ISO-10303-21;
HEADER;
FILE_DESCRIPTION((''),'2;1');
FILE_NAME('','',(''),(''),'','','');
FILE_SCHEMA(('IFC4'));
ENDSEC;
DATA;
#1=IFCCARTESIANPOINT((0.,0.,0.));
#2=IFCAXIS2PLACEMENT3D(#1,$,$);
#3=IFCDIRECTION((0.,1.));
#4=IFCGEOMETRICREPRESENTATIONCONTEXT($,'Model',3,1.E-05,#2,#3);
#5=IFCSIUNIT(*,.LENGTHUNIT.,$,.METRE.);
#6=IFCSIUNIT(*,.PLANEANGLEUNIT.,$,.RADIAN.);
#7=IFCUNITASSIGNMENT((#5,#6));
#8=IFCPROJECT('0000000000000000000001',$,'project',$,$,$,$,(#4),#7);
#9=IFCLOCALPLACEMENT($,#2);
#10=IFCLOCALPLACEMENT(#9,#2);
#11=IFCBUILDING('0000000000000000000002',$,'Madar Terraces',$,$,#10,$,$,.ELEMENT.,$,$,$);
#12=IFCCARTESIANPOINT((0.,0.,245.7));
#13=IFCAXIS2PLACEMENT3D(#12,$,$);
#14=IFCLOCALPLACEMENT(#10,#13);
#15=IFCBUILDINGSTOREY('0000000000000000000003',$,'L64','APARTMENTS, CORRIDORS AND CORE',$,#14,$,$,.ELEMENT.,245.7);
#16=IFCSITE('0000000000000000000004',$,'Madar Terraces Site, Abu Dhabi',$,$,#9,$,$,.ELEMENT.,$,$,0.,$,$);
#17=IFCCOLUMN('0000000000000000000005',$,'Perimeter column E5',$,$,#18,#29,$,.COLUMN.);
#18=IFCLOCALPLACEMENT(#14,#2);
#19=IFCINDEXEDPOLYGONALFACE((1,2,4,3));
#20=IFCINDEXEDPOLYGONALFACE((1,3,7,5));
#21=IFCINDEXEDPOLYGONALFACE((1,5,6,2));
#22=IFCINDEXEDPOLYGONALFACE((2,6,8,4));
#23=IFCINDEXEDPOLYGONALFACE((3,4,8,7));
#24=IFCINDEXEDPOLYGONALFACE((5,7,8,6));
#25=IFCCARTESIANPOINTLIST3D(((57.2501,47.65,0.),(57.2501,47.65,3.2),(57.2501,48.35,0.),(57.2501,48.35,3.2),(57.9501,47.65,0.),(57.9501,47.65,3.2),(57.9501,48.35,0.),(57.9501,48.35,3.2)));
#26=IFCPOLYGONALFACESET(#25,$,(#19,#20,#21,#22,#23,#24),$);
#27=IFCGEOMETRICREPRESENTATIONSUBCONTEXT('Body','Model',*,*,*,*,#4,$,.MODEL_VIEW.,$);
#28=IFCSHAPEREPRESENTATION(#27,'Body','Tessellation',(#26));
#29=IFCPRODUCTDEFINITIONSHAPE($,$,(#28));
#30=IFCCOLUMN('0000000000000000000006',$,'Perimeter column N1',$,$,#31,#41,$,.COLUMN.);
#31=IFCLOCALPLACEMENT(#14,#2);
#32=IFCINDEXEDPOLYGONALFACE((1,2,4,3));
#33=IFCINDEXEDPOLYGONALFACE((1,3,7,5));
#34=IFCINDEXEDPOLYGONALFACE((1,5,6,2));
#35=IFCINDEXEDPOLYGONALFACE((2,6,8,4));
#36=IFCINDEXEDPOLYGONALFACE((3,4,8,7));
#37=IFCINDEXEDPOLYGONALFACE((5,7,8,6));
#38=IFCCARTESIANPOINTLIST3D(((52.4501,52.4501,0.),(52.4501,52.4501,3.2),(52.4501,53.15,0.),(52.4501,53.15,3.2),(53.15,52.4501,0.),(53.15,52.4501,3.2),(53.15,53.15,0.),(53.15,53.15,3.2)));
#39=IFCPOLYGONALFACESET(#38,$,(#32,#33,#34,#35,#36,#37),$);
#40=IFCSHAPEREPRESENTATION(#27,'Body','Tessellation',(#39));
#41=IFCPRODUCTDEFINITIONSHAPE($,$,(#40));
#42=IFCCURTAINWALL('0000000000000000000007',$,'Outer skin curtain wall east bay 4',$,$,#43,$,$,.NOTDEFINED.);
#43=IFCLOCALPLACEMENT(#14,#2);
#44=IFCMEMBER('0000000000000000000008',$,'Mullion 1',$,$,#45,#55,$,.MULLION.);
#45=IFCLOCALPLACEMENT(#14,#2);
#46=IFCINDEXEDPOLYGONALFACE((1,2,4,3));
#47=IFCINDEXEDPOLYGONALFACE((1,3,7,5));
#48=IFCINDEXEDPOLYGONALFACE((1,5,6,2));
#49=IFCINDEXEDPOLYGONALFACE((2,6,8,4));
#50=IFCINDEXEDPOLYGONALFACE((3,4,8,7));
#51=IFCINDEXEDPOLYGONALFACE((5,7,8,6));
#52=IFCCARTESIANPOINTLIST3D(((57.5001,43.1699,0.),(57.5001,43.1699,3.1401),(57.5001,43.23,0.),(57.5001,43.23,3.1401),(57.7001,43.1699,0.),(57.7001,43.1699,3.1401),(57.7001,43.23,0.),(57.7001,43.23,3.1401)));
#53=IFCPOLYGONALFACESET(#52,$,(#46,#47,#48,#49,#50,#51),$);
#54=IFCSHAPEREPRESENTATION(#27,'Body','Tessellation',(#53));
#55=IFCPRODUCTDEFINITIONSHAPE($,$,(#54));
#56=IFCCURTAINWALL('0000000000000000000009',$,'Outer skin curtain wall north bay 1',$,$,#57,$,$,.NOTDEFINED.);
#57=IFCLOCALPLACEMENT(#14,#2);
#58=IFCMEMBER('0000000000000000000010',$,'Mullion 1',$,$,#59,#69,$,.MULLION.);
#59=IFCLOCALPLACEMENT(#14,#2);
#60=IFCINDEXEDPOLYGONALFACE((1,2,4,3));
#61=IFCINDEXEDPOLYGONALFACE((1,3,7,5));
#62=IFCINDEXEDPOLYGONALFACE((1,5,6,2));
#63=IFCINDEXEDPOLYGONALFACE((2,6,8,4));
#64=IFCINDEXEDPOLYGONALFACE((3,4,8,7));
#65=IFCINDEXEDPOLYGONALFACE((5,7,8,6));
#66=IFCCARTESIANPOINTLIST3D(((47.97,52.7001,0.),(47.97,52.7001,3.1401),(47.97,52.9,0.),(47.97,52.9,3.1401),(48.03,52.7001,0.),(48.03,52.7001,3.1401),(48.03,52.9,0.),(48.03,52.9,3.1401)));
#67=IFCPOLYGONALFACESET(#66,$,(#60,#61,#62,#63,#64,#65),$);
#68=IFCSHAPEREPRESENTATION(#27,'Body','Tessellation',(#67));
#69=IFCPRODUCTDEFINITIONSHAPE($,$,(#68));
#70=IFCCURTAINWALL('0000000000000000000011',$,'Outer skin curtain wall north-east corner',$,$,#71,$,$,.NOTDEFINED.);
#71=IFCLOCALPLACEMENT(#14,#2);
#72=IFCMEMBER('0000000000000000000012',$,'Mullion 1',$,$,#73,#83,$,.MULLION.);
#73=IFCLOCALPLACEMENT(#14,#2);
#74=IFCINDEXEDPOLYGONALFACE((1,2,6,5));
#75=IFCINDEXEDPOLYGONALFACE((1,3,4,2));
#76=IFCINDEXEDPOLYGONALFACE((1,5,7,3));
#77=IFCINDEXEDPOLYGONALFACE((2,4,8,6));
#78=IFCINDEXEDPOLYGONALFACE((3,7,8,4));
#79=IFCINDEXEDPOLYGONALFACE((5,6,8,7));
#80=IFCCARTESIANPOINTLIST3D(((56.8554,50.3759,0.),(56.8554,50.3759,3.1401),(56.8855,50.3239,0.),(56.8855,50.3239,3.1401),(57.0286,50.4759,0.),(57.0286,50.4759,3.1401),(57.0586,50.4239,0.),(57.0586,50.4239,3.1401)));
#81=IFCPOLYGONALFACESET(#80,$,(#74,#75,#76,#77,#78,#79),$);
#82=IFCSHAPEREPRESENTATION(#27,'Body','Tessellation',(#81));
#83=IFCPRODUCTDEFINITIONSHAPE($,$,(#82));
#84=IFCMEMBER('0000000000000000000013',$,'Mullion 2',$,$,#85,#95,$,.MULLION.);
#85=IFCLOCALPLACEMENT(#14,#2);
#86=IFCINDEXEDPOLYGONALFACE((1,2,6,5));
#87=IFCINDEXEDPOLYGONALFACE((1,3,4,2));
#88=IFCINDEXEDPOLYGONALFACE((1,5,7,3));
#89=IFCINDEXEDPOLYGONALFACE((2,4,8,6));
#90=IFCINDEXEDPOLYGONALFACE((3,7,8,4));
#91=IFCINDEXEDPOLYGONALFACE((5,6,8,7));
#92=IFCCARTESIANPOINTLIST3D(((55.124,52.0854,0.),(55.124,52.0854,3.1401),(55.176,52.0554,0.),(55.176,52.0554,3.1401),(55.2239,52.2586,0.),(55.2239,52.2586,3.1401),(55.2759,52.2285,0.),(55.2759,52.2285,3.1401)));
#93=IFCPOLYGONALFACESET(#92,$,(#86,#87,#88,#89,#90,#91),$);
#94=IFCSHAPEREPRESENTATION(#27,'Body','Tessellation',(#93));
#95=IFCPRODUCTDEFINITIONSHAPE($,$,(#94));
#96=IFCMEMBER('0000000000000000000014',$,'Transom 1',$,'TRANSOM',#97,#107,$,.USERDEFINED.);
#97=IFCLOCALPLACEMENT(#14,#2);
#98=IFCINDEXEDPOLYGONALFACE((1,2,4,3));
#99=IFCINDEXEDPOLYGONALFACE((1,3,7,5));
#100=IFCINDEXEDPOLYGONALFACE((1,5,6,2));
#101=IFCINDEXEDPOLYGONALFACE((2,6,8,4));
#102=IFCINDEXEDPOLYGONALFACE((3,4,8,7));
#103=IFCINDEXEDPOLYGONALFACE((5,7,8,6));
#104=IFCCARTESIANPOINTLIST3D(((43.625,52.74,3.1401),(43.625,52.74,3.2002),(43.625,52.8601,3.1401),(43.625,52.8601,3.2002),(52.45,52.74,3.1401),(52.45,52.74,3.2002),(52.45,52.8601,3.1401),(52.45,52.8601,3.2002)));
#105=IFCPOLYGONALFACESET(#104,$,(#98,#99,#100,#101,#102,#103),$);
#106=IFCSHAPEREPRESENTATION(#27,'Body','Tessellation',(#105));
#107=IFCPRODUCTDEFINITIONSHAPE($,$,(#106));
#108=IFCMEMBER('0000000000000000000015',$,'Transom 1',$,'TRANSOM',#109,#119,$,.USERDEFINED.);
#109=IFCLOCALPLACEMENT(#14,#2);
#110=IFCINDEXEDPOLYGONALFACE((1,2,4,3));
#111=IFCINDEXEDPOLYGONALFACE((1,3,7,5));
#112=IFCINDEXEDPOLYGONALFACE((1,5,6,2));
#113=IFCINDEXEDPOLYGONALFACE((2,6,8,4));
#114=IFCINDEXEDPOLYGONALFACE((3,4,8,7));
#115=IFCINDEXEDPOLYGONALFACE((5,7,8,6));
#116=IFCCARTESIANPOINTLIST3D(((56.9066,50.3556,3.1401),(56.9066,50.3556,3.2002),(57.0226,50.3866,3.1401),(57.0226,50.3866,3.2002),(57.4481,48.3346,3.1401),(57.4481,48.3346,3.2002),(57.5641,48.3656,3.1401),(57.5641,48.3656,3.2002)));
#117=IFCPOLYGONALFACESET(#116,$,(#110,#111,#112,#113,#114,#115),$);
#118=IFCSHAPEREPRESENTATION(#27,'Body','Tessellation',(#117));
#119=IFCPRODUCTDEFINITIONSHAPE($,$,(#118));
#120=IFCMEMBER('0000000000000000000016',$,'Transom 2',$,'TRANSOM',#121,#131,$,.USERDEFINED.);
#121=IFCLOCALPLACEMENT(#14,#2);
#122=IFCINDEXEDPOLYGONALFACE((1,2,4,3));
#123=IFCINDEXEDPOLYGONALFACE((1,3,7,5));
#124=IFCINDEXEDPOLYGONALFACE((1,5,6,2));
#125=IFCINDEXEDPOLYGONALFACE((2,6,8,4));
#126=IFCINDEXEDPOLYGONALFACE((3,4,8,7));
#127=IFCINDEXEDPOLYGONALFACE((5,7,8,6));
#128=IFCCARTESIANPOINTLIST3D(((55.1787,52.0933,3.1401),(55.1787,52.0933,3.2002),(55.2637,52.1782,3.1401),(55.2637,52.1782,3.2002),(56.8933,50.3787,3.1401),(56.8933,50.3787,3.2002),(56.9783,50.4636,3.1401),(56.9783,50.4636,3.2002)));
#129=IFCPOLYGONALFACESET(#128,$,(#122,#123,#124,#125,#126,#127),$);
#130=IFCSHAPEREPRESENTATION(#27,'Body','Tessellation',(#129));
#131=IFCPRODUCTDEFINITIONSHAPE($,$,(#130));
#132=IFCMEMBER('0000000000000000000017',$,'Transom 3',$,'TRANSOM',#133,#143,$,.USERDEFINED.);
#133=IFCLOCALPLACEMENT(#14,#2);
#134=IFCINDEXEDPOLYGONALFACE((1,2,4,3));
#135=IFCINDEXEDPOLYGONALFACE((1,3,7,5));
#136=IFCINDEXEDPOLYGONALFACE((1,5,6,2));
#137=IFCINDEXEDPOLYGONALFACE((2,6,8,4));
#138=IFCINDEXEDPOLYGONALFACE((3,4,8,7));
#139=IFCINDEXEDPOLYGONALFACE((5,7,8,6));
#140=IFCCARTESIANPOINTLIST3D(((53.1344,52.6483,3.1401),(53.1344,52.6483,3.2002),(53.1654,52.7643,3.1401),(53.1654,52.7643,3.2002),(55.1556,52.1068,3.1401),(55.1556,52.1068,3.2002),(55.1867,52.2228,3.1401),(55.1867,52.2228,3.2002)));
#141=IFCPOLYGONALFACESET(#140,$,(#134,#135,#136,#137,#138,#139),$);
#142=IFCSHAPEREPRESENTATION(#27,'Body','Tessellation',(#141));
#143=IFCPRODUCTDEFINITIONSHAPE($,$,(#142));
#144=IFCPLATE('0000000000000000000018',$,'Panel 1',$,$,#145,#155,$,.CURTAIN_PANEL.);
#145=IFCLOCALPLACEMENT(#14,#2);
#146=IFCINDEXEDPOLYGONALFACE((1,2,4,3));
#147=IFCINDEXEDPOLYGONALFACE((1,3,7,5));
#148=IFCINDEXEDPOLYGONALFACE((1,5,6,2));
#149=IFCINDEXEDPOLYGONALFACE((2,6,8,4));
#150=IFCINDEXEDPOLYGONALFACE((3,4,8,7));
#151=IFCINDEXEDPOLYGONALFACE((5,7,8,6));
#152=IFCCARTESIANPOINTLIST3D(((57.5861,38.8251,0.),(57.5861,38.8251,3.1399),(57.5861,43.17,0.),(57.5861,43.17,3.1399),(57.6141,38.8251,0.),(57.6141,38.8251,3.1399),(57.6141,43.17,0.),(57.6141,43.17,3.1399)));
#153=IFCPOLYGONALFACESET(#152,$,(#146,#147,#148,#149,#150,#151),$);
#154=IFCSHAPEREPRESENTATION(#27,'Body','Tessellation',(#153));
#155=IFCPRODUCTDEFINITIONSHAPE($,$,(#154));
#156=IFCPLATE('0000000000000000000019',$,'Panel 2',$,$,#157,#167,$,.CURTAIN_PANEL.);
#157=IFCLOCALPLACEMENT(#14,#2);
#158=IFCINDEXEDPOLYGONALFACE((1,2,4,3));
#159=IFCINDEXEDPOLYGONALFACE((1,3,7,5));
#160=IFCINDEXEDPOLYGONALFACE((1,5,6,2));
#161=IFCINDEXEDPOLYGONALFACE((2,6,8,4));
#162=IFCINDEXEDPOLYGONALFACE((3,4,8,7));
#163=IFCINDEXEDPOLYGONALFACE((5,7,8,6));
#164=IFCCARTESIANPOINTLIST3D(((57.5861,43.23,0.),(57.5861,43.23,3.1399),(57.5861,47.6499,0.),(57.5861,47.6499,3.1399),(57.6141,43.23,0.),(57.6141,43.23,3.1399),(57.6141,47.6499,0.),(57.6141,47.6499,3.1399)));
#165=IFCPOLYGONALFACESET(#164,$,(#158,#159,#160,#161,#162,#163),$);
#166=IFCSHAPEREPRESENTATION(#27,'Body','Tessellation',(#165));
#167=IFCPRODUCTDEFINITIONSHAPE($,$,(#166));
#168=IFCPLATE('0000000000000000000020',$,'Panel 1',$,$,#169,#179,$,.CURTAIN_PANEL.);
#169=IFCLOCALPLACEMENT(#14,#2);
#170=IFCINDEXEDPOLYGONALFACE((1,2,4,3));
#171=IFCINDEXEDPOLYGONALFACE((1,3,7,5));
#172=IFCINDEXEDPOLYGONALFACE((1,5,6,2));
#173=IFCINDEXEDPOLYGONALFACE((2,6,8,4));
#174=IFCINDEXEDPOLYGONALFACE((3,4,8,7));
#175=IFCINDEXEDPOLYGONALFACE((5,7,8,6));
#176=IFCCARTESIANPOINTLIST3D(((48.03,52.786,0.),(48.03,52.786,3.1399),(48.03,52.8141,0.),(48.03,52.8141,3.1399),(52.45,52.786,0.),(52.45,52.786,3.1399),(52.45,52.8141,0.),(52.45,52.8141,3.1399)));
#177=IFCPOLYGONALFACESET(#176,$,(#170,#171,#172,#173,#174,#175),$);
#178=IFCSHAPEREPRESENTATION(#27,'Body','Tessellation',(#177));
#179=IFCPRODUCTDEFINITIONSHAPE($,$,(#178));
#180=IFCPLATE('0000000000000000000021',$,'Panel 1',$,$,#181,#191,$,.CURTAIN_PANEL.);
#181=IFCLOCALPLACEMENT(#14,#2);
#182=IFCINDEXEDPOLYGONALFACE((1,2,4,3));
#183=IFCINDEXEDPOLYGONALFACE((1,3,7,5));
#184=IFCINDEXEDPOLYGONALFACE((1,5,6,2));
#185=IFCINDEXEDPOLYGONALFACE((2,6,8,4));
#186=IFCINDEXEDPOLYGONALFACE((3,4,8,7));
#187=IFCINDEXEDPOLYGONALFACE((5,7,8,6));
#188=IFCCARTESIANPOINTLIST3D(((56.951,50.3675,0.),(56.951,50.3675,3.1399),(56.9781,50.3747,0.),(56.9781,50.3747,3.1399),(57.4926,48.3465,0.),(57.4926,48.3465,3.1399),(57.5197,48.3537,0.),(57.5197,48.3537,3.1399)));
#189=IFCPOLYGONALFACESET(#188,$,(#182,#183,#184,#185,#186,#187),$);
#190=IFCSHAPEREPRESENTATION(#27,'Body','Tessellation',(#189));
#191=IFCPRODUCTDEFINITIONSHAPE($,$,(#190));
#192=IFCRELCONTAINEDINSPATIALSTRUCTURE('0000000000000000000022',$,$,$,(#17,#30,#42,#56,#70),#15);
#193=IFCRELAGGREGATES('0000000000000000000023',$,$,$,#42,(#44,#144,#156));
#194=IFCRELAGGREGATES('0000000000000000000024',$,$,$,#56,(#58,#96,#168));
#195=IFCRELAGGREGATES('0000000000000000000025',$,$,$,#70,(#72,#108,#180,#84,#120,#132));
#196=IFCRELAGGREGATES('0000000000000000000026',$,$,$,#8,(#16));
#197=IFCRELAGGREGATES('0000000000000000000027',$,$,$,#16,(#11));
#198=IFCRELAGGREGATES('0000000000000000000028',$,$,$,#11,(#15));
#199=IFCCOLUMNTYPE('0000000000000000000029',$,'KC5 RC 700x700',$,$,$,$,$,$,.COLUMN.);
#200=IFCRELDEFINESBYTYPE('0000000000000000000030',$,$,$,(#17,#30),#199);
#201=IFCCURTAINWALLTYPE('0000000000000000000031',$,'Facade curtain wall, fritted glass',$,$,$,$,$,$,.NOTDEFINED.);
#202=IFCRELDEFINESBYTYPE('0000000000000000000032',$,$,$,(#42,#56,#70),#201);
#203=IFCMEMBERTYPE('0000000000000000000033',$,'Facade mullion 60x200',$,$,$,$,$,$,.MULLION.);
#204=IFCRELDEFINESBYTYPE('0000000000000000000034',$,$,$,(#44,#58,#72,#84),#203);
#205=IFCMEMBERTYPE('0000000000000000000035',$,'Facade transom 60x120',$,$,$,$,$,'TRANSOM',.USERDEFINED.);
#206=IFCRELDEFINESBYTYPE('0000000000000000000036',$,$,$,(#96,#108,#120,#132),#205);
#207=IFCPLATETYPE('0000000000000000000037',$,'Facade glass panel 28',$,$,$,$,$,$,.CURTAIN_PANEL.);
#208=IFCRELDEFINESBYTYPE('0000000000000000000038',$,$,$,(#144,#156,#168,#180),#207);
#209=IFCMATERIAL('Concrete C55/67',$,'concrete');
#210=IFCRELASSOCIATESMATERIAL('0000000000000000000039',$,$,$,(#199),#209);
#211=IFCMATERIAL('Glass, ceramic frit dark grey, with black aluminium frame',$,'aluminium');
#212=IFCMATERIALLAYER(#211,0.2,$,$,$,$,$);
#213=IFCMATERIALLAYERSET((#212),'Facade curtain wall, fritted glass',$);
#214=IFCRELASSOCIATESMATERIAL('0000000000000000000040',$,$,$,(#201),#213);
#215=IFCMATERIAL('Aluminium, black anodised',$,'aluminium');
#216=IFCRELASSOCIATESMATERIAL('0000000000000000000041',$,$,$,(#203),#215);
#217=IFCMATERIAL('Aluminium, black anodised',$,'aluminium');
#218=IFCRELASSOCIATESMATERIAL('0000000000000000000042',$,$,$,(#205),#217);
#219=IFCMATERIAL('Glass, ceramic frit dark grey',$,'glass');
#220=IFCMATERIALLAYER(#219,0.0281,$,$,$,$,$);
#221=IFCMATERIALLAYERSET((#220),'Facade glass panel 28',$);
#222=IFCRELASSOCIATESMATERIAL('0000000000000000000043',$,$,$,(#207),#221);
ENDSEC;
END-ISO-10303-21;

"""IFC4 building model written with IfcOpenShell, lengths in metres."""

from ifc_helpers import new_model, si_unit, direction, frame, origin, origin_2d, place, context, subcontext, project, spatial, rectangle, extrude, material, layer, layer_set, material_profile, profile_set, type_object, element, aggregate, save


model = new_model("IFC4")

# Units and contexts
model_context = context("Model", 3, precision=1e-05, world=origin(), true_north=direction((0.0, 1.0)))
body_context = subcontext(model_context, "Body", "Model", "MODEL_VIEW")
ifc_project = project(units=[si_unit("LENGTHUNIT", "METRE"), si_unit("PLANEANGLEUNIT", "RADIAN")], contexts=[model_context])

# Site, building, storey
site_placement = place(None, origin())
site = spatial("IfcSite", under=ifc_project, at=site_placement, Name="Madar Terraces Site, Abu Dhabi", CompositionType="ELEMENT", RefElevation=0.0)
building_placement = place(site_placement, origin())
building = spatial("IfcBuilding", under=site, at=building_placement, Name="Madar Terraces", CompositionType="ELEMENT")
storey_placement = place(building_placement, frame((0.0, 0.0, 245.7)))
storey = spatial("IfcBuildingStorey", under=building, at=storey_placement, Name="L64", Description="APARTMENTS, CORRIDORS AND CORE", CompositionType="ELEMENT", Elevation=245.7)

# Columns
ifc_material_1 = material(Name="Concrete C55/67", Category="concrete")
ifc_material_profile_1 = material_profile(ifc_material_1, rectangle(XDim=0.7, YDim=0.7, at=origin_2d()), Name="KC5 RC 700x700")
ifc_profile_set_1 = profile_set([ifc_material_profile_1], Name="Concrete C55/67")
column_type = type_object("IfcColumnType", Name="KC5 RC 700x700", PredefinedType="COLUMN", material=ifc_profile_set_1)
for number, where, z_axis, x_axis, name in (
    (1, (57.6001, 48.0, 0.0), (0.0, 0.0, 1.0), (1.0, 0.0, 0.0), "Perimeter column E5"),
    (2, (52.8, 52.8, 0.0), (0.0, 0.0, 1.0), (1.0, 0.0, 0.0), "Perimeter column N1"),
):
    element("IfcColumn", number, at=place(storey_placement, frame(where, z_axis=z_axis, x_axis=x_axis)), inside=storey, type_object=column_type, Name=name, PredefinedType="COLUMN", context=body_context, shape_type="SweptSolid", body=[
        extrude(rectangle(XDim=0.7, YDim=0.7, at=origin_2d()), origin(), (0.0, 0.0, 1.0), 3.2),
    ])

# Curtain walls, members
ifc_material_2 = material(Name="Glass, ceramic frit dark grey, with black aluminium frame", Category="aluminium")
ifc_layer_1 = layer(ifc_material_2, 0.2)
ifc_layer_set_1 = layer_set([ifc_layer_1], Name="Facade curtain wall, fritted glass")
curtain_wall_type = type_object("IfcCurtainWallType", Name="Facade curtain wall, fritted glass", PredefinedType="NOTDEFINED", material=ifc_layer_set_1)
curtain_wall_1_placement = place(storey_placement, origin())
curtain_wall_1 = element("IfcCurtainWall", 3, at=curtain_wall_1_placement, inside=storey, type_object=curtain_wall_type, Name="Outer skin curtain wall east bay 4", PredefinedType="NOTDEFINED")
ifc_material_3 = material(Name="Aluminium, black anodised", Category="aluminium")
ifc_material_profile_2 = material_profile(ifc_material_3, rectangle(XDim=0.2, YDim=0.0601, at=origin_2d()), Name="Facade mullion 60x200")
ifc_profile_set_2 = profile_set([ifc_material_profile_2], Name="Aluminium, black anodised")
member_type_1 = type_object("IfcMemberType", Name="Facade mullion 60x200", PredefinedType="MULLION", material=ifc_profile_set_2)
member_1_placement = place(storey_placement, frame((57.6001, 43.2, 0.0), z_axis=(0.0, 0.0, 1.0), x_axis=(-1.0, 0.0, 0.0)))
member_1 = element("IfcMember", 4, at=member_1_placement, type_object=member_type_1, Name="Mullion 1", PredefinedType="MULLION", context=body_context, shape_type="SweptSolid", body=[
    extrude(rectangle(XDim=0.2, YDim=0.0601, at=origin_2d()), origin(), (0.0, 0.0, 1.0), 3.1401),
])
curtain_wall_2_placement = place(storey_placement, origin())
curtain_wall_2 = element("IfcCurtainWall", 5, at=curtain_wall_2_placement, inside=storey, type_object=curtain_wall_type, Name="Outer skin curtain wall north bay 1", PredefinedType="NOTDEFINED")
member_2_placement = place(storey_placement, frame((48.0, 52.8, 0.0), z_axis=(0.0, 0.0, 1.0), x_axis=(0.0, -1.0, 0.0)))
member_2 = element("IfcMember", 6, at=member_2_placement, type_object=member_type_1, Name="Mullion 1", PredefinedType="MULLION", context=body_context, shape_type="SweptSolid", body=[
    extrude(rectangle(XDim=0.2, YDim=0.0601, at=origin_2d()), origin(), (0.0, 0.0, 1.0), 3.1401),
])

# Curtain wall, members
curtain_wall_3_placement = place(storey_placement, origin())
curtain_wall_3 = element("IfcCurtainWall", 7, at=curtain_wall_3_placement, inside=storey, type_object=curtain_wall_type, Name="Outer skin curtain wall north-east corner", PredefinedType="NOTDEFINED")
member_3_placement = place(storey_placement, frame((56.957, 50.3999, 0.0), z_axis=(0.0, 0.0, 1.0), x_axis=(-0.866025, -0.5, 0.0)))
member_3 = element("IfcMember", 8, at=member_3_placement, type_object=member_type_1, Name="Mullion 1", PredefinedType="MULLION", context=body_context, shape_type="SweptSolid", body=[
    extrude(rectangle(XDim=0.2, YDim=0.0601, at=origin_2d()), origin(), (0.0, 0.0, 1.0), 3.1401),
])
member_4_placement = place(storey_placement, frame((55.2, 52.157, 0.0), z_axis=(0.0, 0.0, 1.0), x_axis=(-0.5, -0.866025, 0.0)))
member_4 = element("IfcMember", 9, at=member_4_placement, type_object=member_type_1, Name="Mullion 2", PredefinedType="MULLION", context=body_context, shape_type="SweptSolid", body=[
    extrude(rectangle(XDim=0.2, YDim=0.0601, at=origin_2d()), origin(), (0.0, 0.0, 1.0), 3.1401),
])

# Members
ifc_material_4 = material(Name="Aluminium, black anodised", Category="aluminium")
ifc_material_profile_3 = material_profile(ifc_material_4, rectangle(XDim=0.1201, YDim=0.0601, at=origin_2d()), Name="Facade transom 60x120")
ifc_profile_set_3 = profile_set([ifc_material_profile_3], Name="Aluminium, black anodised")
member_type_2 = type_object("IfcMemberType", Name="Facade transom 60x120", ElementType="TRANSOM", PredefinedType="USERDEFINED", material=ifc_profile_set_3)
member_5_placement = place(storey_placement, frame((52.45, 52.8, 3.1702), z_axis=(-1.0, 0.0, 0.0), x_axis=(0.0, -1.0, 0.0)))
member_5 = element("IfcMember", 10, at=member_5_placement, type_object=member_type_2, Name="Transom 1", ObjectType="TRANSOM", PredefinedType="USERDEFINED", context=body_context, shape_type="SweptSolid", body=[
    extrude(rectangle(XDim=0.1201, YDim=0.0601, at=origin_2d()), origin(), (0.0, 0.0, 1.0), 8.825),
])
member_6_placement = place(storey_placement, frame((57.5061, 48.3501, 3.1702), z_axis=(-0.25881, 0.965928, 0.0), x_axis=(-0.965928, -0.25881, 0.0)))
member_6 = element("IfcMember", 11, at=member_6_placement, type_object=member_type_2, Name="Transom 1", ObjectType="TRANSOM", PredefinedType="USERDEFINED", context=body_context, shape_type="SweptSolid", body=[
    extrude(rectangle(XDim=0.1201, YDim=0.0601, at=origin_2d()), origin(), (0.0, 0.0, 1.0), 2.0923),
])
member_7_placement = place(storey_placement, frame((56.9358, 50.4211, 3.1702), z_axis=(-0.707107, 0.707107, 0.0), x_axis=(-0.707107, -0.707107, 0.0)))
member_7 = element("IfcMember", 12, at=member_7_placement, type_object=member_type_2, Name="Transom 2", ObjectType="TRANSOM", PredefinedType="USERDEFINED", context=body_context, shape_type="SweptSolid", body=[
    extrude(rectangle(XDim=0.1201, YDim=0.0601, at=origin_2d()), origin(), (0.0, 0.0, 1.0), 2.4248),
])
member_8_placement = place(storey_placement, frame((55.1711, 52.1648, 3.1702), z_axis=(-0.965936, 0.258781, 0.0), x_axis=(-0.258781, -0.965936, 0.0)))
member_8 = element("IfcMember", 13, at=member_8_placement, type_object=member_type_2, Name="Transom 3", ObjectType="TRANSOM", PredefinedType="USERDEFINED", context=body_context, shape_type="SweptSolid", body=[
    extrude(rectangle(XDim=0.1201, YDim=0.0601, at=origin_2d()), origin(), (0.0, 0.0, 1.0), 2.0925),
])

# Plates
ifc_material_5 = material(Name="Glass, ceramic frit dark grey", Category="glass")
ifc_layer_2 = layer(ifc_material_5, 0.0281)
ifc_layer_set_2 = layer_set([ifc_layer_2], Name="Facade glass panel 28")
plate_type = type_object("IfcPlateType", Name="Facade glass panel 28", PredefinedType="CURTAIN_PANEL", material=ifc_layer_set_2)
plate_1_placement = place(storey_placement, frame((57.6001, 40.9976, 0.0), z_axis=(0.0, 0.0, 1.0), x_axis=(0.0, 1.0, 0.0)))
plate_1 = element("IfcPlate", 14, at=plate_1_placement, type_object=plate_type, Name="Panel 1", PredefinedType="CURTAIN_PANEL", context=body_context, shape_type="SweptSolid", body=[
    extrude(rectangle(XDim=4.345, YDim=0.0281, at=origin_2d()), origin(), (0.0, 0.0, 1.0), 3.1399),
])
plate_2_placement = place(storey_placement, frame((57.6001, 45.4399, 0.0), z_axis=(0.0, 0.0, 1.0), x_axis=(0.0, 1.0, 0.0)))
plate_2 = element("IfcPlate", 15, at=plate_2_placement, type_object=plate_type, Name="Panel 2", PredefinedType="CURTAIN_PANEL", context=body_context, shape_type="SweptSolid", body=[
    extrude(rectangle(XDim=4.4199, YDim=0.0281, at=origin_2d()), origin(), (0.0, 0.0, 1.0), 3.1399),
])
aggregate(curtain_wall_1, [member_1, plate_1, plate_2])
plate_3_placement = place(storey_placement, frame((50.24, 52.8, 0.0), z_axis=(0.0, 0.0, 1.0), x_axis=(-1.0, 0.0, 0.0)))
plate_3 = element("IfcPlate", 16, at=plate_3_placement, type_object=plate_type, Name="Panel 1", PredefinedType="CURTAIN_PANEL", context=body_context, shape_type="SweptSolid", body=[
    extrude(rectangle(XDim=4.4199, YDim=0.0281, at=origin_2d()), origin(), (0.0, 0.0, 1.0), 3.1399),
])
aggregate(curtain_wall_2, [member_2, member_5, plate_3])
plate_4_placement = place(storey_placement, frame((57.2354, 49.3606, 0.0), z_axis=(0.0, 0.0, 1.0), x_axis=(-0.258819, 0.965926, 0.0)))
plate_4 = element("IfcPlate", 17, at=plate_4_placement, type_object=plate_type, Name="Panel 1", PredefinedType="CURTAIN_PANEL", context=body_context, shape_type="SweptSolid", body=[
    extrude(rectangle(XDim=2.0923, YDim=0.0281, at=origin_2d()), origin(), (0.0, 0.0, 1.0), 3.1399),
])
aggregate(curtain_wall_3, [member_3, member_6, plate_4, member_4, member_7, member_8])

save(model, "model.ifc")
